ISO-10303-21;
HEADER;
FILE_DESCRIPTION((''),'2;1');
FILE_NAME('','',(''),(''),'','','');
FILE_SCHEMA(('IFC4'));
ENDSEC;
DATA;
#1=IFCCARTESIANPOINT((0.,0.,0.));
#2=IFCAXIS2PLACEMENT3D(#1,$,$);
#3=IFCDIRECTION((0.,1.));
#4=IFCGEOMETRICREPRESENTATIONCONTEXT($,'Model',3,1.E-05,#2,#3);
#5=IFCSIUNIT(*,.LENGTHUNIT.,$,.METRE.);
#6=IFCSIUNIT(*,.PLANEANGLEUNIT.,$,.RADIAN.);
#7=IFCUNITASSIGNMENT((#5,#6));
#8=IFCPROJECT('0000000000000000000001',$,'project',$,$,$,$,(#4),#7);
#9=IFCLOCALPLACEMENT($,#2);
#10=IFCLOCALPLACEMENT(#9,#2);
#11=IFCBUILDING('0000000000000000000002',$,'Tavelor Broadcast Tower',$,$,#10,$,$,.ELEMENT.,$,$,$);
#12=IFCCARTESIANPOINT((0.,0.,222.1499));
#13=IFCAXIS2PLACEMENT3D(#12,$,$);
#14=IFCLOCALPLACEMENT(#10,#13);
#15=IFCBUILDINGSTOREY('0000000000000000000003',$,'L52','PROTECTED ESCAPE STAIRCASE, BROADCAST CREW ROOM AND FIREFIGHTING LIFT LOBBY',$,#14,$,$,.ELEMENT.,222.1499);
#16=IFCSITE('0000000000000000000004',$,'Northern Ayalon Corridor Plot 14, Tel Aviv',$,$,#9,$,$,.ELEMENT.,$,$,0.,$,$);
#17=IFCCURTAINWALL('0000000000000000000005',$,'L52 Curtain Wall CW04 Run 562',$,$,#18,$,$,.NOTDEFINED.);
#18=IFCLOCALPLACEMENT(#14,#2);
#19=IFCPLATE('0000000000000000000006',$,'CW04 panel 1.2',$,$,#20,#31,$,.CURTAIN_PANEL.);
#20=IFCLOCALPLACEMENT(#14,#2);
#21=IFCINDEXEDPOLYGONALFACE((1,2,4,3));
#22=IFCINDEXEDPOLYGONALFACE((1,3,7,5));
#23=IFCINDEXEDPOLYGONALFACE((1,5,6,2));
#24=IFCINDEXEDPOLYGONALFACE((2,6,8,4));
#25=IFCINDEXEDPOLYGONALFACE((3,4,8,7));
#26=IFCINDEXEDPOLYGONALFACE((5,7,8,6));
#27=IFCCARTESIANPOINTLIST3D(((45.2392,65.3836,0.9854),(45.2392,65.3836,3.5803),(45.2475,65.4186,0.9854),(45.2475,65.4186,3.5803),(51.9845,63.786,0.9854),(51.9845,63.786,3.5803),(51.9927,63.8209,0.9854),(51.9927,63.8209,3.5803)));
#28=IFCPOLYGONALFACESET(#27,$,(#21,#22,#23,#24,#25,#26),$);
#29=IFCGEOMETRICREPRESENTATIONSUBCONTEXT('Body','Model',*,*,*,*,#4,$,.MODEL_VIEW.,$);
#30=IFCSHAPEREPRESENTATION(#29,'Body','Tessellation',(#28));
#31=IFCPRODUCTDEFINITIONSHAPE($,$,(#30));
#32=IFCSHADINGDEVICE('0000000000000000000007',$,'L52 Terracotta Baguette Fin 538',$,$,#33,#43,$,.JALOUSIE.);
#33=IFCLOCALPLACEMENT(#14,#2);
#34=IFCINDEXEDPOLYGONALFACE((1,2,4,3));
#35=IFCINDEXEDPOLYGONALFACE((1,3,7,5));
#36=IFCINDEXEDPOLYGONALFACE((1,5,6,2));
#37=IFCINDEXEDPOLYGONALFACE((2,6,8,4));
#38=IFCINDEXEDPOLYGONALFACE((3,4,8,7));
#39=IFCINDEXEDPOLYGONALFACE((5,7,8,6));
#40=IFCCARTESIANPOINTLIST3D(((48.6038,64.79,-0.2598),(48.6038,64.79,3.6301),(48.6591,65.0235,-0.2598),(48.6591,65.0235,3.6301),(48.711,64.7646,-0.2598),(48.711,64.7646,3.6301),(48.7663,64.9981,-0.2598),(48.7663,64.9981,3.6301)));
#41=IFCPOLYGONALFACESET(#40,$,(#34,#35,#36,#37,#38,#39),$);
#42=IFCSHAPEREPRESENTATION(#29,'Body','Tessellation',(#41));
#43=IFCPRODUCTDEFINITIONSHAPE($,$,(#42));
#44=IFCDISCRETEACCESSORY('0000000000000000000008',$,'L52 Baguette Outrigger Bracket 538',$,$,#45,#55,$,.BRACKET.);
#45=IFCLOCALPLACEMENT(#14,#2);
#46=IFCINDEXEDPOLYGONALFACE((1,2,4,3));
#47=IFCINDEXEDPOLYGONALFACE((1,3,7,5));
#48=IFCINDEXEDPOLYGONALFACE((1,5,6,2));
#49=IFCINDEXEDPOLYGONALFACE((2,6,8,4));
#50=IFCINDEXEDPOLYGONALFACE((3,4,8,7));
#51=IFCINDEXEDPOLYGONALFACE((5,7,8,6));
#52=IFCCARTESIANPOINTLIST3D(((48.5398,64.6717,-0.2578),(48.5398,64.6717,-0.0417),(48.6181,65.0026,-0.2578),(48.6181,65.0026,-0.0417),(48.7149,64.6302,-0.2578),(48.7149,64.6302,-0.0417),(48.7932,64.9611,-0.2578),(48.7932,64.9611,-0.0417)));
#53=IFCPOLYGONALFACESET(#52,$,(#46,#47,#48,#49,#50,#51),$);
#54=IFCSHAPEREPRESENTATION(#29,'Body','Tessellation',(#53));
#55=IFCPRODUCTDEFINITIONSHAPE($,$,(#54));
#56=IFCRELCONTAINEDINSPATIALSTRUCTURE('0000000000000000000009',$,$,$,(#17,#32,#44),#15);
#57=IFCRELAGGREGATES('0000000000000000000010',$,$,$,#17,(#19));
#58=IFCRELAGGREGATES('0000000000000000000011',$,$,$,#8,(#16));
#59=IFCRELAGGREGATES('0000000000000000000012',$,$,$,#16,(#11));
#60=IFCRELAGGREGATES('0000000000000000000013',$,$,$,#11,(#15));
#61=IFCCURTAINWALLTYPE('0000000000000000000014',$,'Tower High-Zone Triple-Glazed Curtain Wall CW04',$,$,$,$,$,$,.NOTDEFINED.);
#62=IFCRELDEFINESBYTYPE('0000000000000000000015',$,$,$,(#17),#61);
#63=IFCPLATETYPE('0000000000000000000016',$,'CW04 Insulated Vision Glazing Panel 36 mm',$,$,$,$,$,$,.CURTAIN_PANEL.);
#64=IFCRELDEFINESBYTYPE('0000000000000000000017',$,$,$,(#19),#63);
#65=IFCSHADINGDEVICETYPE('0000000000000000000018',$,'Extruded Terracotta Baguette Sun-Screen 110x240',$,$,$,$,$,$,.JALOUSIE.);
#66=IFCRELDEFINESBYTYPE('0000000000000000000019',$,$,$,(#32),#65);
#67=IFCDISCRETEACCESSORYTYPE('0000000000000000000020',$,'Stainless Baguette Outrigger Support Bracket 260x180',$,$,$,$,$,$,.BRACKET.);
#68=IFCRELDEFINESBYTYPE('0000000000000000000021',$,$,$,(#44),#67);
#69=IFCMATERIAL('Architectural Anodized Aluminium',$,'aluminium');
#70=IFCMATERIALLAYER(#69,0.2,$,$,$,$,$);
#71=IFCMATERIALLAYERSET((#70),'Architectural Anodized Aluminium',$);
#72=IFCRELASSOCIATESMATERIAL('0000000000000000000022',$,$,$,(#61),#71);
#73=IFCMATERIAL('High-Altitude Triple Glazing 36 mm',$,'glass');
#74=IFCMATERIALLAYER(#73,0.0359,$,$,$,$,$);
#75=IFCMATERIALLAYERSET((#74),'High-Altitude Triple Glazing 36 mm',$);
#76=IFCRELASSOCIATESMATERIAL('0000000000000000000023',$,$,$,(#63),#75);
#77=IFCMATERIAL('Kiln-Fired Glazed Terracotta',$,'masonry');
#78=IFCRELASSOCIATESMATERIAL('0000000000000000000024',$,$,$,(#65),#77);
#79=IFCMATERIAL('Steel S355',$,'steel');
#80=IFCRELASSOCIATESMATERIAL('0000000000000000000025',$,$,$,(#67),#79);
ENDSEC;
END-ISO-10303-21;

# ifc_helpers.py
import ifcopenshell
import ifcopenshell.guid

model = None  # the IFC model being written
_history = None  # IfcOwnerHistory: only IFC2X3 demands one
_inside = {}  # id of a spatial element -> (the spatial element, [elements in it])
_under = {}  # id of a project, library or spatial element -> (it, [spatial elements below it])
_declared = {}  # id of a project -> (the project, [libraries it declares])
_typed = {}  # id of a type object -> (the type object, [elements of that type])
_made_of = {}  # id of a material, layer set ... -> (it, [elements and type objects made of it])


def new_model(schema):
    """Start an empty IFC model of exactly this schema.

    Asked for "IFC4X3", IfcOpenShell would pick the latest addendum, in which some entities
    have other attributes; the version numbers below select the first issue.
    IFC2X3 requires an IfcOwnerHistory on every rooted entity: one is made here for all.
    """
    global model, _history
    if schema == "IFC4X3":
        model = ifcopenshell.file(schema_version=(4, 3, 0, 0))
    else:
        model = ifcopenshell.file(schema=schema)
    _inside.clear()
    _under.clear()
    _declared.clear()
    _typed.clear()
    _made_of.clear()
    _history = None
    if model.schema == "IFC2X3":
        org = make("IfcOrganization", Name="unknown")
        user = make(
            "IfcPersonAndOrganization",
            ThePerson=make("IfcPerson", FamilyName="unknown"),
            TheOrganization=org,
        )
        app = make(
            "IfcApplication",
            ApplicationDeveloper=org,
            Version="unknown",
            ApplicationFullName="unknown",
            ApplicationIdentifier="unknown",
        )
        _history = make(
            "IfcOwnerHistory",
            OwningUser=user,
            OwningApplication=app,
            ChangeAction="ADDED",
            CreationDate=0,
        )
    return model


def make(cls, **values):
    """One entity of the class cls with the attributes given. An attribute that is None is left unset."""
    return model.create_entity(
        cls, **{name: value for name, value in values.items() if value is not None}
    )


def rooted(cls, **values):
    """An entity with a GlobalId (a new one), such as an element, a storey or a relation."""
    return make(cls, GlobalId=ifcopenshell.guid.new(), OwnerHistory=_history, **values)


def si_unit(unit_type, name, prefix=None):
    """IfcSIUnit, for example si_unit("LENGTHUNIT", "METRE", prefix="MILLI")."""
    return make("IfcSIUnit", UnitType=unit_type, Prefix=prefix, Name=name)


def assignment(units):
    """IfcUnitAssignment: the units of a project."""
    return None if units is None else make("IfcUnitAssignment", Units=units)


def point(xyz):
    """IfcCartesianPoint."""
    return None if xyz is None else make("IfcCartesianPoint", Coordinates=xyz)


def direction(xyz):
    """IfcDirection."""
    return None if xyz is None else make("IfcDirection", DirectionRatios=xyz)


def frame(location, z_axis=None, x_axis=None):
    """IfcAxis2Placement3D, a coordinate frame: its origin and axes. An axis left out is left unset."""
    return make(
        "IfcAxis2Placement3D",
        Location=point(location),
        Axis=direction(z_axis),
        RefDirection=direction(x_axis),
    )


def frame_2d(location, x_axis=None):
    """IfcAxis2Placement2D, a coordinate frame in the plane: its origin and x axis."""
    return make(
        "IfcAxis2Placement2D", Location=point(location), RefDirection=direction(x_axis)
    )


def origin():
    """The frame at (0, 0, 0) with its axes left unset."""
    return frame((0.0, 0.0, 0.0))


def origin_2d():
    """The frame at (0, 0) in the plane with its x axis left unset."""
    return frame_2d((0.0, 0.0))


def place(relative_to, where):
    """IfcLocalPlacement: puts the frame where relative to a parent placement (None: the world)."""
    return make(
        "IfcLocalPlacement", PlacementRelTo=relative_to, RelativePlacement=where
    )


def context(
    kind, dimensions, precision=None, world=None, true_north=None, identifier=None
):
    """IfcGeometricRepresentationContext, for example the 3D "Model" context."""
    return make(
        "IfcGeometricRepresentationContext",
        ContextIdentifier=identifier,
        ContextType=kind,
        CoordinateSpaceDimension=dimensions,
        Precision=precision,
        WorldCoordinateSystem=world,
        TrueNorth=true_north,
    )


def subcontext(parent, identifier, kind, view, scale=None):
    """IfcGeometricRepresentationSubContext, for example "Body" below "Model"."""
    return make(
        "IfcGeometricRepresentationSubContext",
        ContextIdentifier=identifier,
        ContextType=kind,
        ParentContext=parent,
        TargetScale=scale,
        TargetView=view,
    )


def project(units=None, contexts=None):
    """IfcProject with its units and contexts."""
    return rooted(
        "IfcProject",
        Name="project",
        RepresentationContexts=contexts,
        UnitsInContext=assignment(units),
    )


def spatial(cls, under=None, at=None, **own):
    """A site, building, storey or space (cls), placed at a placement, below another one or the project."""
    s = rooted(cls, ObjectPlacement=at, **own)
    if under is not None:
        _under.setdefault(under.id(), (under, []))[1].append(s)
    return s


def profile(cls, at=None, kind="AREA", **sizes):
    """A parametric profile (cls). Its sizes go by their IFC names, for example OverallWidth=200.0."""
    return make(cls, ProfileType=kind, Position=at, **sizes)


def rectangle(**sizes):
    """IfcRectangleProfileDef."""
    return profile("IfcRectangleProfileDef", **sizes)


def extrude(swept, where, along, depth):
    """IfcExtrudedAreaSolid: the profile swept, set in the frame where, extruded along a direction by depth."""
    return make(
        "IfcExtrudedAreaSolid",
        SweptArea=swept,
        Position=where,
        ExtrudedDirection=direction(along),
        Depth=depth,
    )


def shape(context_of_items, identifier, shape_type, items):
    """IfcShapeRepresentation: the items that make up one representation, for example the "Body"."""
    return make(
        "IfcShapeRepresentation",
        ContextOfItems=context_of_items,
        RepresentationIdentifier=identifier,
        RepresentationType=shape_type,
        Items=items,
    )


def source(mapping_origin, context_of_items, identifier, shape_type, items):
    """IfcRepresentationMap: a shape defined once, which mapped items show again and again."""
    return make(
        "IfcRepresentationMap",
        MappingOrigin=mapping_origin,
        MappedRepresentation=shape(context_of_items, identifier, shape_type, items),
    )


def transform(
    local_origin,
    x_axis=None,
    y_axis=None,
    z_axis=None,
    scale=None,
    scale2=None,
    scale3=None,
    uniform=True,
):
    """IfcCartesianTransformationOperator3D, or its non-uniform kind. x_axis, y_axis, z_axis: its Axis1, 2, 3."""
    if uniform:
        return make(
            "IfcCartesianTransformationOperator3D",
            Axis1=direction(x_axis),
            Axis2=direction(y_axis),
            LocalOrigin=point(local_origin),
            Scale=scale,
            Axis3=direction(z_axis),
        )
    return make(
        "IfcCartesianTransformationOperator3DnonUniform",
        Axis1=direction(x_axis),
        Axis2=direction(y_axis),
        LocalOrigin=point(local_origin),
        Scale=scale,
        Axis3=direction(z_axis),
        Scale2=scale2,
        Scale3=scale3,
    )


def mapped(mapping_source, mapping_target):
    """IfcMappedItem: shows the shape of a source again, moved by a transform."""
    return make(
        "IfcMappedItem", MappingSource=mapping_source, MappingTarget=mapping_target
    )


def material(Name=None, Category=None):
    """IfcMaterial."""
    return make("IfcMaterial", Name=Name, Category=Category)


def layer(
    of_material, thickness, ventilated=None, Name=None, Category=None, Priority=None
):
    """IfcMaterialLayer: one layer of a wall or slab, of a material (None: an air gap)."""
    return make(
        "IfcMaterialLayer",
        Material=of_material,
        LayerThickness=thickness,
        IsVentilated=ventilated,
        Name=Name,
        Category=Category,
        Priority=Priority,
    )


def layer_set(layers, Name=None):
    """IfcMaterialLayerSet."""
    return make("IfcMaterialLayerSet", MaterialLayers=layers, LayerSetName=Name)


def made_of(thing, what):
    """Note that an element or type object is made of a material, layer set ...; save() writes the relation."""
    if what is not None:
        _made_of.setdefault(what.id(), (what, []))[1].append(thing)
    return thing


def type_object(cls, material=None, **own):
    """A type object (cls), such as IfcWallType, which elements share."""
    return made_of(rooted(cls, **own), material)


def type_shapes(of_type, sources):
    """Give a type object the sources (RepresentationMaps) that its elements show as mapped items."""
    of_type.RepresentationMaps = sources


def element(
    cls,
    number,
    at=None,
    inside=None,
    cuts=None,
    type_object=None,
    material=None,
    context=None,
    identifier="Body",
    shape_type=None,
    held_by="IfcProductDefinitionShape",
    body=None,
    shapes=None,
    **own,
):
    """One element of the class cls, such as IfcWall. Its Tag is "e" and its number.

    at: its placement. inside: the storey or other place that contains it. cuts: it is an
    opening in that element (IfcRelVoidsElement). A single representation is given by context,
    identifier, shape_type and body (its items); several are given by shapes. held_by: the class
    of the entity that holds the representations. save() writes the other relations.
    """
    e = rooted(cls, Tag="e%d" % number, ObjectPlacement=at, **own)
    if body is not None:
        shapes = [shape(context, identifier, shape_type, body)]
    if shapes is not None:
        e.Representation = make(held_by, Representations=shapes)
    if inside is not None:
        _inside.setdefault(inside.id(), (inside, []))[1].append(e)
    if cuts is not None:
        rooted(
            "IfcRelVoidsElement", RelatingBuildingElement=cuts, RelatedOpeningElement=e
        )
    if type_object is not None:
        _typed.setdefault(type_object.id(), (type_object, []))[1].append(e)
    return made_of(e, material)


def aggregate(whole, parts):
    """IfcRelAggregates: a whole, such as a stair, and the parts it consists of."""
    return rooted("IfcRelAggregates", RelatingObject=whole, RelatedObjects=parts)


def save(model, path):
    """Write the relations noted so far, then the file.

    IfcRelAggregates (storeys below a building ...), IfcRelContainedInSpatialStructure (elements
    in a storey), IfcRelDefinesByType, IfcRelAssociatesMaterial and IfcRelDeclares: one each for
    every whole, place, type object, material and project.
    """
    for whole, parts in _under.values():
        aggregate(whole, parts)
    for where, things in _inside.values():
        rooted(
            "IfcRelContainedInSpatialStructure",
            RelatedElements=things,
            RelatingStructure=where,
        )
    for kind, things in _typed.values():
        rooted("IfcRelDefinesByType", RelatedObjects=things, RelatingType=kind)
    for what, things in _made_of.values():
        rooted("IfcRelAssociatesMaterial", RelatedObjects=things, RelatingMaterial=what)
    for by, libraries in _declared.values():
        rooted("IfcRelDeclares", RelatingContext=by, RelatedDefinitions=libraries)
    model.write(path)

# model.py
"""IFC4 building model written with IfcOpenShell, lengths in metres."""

from ifc_helpers import new_model, si_unit, direction, frame, origin, origin_2d, place, context, subcontext, project, spatial, rectangle, extrude, source, transform, mapped, material, layer, layer_set, type_object, type_shapes, element, aggregate, save


model = new_model("IFC4")

# Units and contexts
model_context = context("Model", 3, precision=1e-05, world=origin(), true_north=direction((0.0, 1.0)))
body_context = subcontext(model_context, "Body", "Model", "MODEL_VIEW")
ifc_project = project(units=[si_unit("LENGTHUNIT", "METRE"), si_unit("PLANEANGLEUNIT", "RADIAN")], contexts=[model_context])

# Site, building, storey
site_placement = place(None, origin())
site = spatial("IfcSite", under=ifc_project, at=site_placement, Name="Northern Ayalon Corridor Plot 14, Tel Aviv", CompositionType="ELEMENT", RefElevation=0.0)
building_placement = place(site_placement, origin())
building = spatial("IfcBuilding", under=site, at=building_placement, Name="Tavelor Broadcast Tower", CompositionType="ELEMENT")
storey_placement = place(building_placement, frame((0.0, 0.0, 222.1499)))
storey = spatial("IfcBuildingStorey", under=building, at=storey_placement, Name="L52", Description="PROTECTED ESCAPE STAIRCASE, BROADCAST CREW ROOM AND FIREFIGHTING LIFT LOBBY", CompositionType="ELEMENT", Elevation=222.1499)

# Shared definitions
ifc_material_1 = material(Name="Steel S355", Category="steel")

# Shared definitions
ifc_material_2 = material(Name="Architectural Anodized Aluminium", Category="aluminium")
ifc_layer_1 = layer(ifc_material_2, 0.2)
ifc_layer_set_1 = layer_set([ifc_layer_1], Name="Architectural Anodized Aluminium")
curtain_wall_type = type_object("IfcCurtainWallType", Name="Tower High-Zone Triple-Glazed Curtain Wall CW04", PredefinedType="NOTDEFINED", material=ifc_layer_set_1)

# Curtain wall
curtain_wall_1_placement = place(storey_placement, origin())
curtain_wall_1 = element("IfcCurtainWall", 1, at=curtain_wall_1_placement, inside=storey, type_object=curtain_wall_type, Name="L52 Curtain Wall CW04 Run 562", PredefinedType="NOTDEFINED")

# Plate
ifc_material_3 = material(Name="High-Altitude Triple Glazing 36 mm", Category="glass")
ifc_layer_2 = layer(ifc_material_3, 0.0359)
ifc_layer_set_2 = layer_set([ifc_layer_2], Name="High-Altitude Triple Glazing 36 mm")
plate_type_1 = type_object("IfcPlateType", Name="CW04 Insulated Vision Glazing Panel 36 mm", PredefinedType="CURTAIN_PANEL", material=ifc_layer_set_2)
shared_shape_1 = source(origin(), body_context, "Body", "SweptSolid", [
    extrude(rectangle(XDim=6.9319, YDim=0.0359, at=origin_2d()), origin(), (0.0, 0.0, 1.0), 2.595),
])
plate_1_placement = place(storey_placement, frame((48.616, 64.6023, 0.9854), z_axis=(0.0, 0.0, 1.0), x_axis=(-0.973078, 0.230476, 0.0)))
plate_1 = element("IfcPlate", 2, at=plate_1_placement, type_object=plate_type_1, Name="CW04 panel 1.2", PredefinedType="CURTAIN_PANEL", context=body_context, shape_type="MappedRepresentation", body=[
    mapped(shared_shape_1, transform((0.0, 0.0, 0.0), scale=1.0)),
])
aggregate(curtain_wall_1, [plate_1])

# Shading device
ifc_material_4 = material(Name="Kiln-Fired Glazed Terracotta", Category="masonry")
shading_device_type = type_object("IfcShadingDeviceType", Name="Extruded Terracotta Baguette Sun-Screen 110x240", PredefinedType="JALOUSIE", material=ifc_material_4)
shared_shape_2 = source(origin(), body_context, "Body", "SweptSolid", [
    extrude(rectangle(XDim=0.1101, YDim=0.24, at=origin_2d()), origin(), (0.0, 0.0, 1.0), 3.8899),
])
type_shapes(shading_device_type, [shared_shape_2])
shading_device_placement = place(storey_placement, frame((48.6851, 64.894, -0.2598), z_axis=(0.0, 0.0, 1.0), x_axis=(-0.973099, 0.230389, 0.0)))
element("IfcShadingDevice", 3, at=shading_device_placement, inside=storey, type_object=shading_device_type, Name="L52 Terracotta Baguette Fin 538", PredefinedType="JALOUSIE", context=body_context, shape_type="MappedRepresentation", body=[
    mapped(shared_shape_2, transform((0.0, 0.0, 0.0), scale=1.0)),
])

# Discrete accessory
discrete_accessory_type = type_object("IfcDiscreteAccessoryType", Name="Stainless Baguette Outrigger Support Bracket 260x180", PredefinedType="BRACKET", material=ifc_material_1)
shared_shape_3 = source(origin(), body_context, "Body", "SweptSolid", [
    extrude(rectangle(XDim=0.1799, YDim=0.3401, at=origin_2d()), origin(), (0.0, 0.0, 1.0), 0.2161),
])
type_shapes(discrete_accessory_type, [shared_shape_3])
discrete_accessory_placement = place(storey_placement, frame((48.6665, 64.8164, -0.2578), z_axis=(0.0, 0.0, 1.0), x_axis=(-0.973099, 0.230389, 0.0)))
element("IfcDiscreteAccessory", 4, at=discrete_accessory_placement, inside=storey, type_object=discrete_accessory_type, Name="L52 Baguette Outrigger Bracket 538", PredefinedType="BRACKET", context=body_context, shape_type="MappedRepresentation", body=[
    mapped(shared_shape_3, transform((0.0, 0.0, 0.0), scale=1.0)),
])

save(model, "model.ifc")
